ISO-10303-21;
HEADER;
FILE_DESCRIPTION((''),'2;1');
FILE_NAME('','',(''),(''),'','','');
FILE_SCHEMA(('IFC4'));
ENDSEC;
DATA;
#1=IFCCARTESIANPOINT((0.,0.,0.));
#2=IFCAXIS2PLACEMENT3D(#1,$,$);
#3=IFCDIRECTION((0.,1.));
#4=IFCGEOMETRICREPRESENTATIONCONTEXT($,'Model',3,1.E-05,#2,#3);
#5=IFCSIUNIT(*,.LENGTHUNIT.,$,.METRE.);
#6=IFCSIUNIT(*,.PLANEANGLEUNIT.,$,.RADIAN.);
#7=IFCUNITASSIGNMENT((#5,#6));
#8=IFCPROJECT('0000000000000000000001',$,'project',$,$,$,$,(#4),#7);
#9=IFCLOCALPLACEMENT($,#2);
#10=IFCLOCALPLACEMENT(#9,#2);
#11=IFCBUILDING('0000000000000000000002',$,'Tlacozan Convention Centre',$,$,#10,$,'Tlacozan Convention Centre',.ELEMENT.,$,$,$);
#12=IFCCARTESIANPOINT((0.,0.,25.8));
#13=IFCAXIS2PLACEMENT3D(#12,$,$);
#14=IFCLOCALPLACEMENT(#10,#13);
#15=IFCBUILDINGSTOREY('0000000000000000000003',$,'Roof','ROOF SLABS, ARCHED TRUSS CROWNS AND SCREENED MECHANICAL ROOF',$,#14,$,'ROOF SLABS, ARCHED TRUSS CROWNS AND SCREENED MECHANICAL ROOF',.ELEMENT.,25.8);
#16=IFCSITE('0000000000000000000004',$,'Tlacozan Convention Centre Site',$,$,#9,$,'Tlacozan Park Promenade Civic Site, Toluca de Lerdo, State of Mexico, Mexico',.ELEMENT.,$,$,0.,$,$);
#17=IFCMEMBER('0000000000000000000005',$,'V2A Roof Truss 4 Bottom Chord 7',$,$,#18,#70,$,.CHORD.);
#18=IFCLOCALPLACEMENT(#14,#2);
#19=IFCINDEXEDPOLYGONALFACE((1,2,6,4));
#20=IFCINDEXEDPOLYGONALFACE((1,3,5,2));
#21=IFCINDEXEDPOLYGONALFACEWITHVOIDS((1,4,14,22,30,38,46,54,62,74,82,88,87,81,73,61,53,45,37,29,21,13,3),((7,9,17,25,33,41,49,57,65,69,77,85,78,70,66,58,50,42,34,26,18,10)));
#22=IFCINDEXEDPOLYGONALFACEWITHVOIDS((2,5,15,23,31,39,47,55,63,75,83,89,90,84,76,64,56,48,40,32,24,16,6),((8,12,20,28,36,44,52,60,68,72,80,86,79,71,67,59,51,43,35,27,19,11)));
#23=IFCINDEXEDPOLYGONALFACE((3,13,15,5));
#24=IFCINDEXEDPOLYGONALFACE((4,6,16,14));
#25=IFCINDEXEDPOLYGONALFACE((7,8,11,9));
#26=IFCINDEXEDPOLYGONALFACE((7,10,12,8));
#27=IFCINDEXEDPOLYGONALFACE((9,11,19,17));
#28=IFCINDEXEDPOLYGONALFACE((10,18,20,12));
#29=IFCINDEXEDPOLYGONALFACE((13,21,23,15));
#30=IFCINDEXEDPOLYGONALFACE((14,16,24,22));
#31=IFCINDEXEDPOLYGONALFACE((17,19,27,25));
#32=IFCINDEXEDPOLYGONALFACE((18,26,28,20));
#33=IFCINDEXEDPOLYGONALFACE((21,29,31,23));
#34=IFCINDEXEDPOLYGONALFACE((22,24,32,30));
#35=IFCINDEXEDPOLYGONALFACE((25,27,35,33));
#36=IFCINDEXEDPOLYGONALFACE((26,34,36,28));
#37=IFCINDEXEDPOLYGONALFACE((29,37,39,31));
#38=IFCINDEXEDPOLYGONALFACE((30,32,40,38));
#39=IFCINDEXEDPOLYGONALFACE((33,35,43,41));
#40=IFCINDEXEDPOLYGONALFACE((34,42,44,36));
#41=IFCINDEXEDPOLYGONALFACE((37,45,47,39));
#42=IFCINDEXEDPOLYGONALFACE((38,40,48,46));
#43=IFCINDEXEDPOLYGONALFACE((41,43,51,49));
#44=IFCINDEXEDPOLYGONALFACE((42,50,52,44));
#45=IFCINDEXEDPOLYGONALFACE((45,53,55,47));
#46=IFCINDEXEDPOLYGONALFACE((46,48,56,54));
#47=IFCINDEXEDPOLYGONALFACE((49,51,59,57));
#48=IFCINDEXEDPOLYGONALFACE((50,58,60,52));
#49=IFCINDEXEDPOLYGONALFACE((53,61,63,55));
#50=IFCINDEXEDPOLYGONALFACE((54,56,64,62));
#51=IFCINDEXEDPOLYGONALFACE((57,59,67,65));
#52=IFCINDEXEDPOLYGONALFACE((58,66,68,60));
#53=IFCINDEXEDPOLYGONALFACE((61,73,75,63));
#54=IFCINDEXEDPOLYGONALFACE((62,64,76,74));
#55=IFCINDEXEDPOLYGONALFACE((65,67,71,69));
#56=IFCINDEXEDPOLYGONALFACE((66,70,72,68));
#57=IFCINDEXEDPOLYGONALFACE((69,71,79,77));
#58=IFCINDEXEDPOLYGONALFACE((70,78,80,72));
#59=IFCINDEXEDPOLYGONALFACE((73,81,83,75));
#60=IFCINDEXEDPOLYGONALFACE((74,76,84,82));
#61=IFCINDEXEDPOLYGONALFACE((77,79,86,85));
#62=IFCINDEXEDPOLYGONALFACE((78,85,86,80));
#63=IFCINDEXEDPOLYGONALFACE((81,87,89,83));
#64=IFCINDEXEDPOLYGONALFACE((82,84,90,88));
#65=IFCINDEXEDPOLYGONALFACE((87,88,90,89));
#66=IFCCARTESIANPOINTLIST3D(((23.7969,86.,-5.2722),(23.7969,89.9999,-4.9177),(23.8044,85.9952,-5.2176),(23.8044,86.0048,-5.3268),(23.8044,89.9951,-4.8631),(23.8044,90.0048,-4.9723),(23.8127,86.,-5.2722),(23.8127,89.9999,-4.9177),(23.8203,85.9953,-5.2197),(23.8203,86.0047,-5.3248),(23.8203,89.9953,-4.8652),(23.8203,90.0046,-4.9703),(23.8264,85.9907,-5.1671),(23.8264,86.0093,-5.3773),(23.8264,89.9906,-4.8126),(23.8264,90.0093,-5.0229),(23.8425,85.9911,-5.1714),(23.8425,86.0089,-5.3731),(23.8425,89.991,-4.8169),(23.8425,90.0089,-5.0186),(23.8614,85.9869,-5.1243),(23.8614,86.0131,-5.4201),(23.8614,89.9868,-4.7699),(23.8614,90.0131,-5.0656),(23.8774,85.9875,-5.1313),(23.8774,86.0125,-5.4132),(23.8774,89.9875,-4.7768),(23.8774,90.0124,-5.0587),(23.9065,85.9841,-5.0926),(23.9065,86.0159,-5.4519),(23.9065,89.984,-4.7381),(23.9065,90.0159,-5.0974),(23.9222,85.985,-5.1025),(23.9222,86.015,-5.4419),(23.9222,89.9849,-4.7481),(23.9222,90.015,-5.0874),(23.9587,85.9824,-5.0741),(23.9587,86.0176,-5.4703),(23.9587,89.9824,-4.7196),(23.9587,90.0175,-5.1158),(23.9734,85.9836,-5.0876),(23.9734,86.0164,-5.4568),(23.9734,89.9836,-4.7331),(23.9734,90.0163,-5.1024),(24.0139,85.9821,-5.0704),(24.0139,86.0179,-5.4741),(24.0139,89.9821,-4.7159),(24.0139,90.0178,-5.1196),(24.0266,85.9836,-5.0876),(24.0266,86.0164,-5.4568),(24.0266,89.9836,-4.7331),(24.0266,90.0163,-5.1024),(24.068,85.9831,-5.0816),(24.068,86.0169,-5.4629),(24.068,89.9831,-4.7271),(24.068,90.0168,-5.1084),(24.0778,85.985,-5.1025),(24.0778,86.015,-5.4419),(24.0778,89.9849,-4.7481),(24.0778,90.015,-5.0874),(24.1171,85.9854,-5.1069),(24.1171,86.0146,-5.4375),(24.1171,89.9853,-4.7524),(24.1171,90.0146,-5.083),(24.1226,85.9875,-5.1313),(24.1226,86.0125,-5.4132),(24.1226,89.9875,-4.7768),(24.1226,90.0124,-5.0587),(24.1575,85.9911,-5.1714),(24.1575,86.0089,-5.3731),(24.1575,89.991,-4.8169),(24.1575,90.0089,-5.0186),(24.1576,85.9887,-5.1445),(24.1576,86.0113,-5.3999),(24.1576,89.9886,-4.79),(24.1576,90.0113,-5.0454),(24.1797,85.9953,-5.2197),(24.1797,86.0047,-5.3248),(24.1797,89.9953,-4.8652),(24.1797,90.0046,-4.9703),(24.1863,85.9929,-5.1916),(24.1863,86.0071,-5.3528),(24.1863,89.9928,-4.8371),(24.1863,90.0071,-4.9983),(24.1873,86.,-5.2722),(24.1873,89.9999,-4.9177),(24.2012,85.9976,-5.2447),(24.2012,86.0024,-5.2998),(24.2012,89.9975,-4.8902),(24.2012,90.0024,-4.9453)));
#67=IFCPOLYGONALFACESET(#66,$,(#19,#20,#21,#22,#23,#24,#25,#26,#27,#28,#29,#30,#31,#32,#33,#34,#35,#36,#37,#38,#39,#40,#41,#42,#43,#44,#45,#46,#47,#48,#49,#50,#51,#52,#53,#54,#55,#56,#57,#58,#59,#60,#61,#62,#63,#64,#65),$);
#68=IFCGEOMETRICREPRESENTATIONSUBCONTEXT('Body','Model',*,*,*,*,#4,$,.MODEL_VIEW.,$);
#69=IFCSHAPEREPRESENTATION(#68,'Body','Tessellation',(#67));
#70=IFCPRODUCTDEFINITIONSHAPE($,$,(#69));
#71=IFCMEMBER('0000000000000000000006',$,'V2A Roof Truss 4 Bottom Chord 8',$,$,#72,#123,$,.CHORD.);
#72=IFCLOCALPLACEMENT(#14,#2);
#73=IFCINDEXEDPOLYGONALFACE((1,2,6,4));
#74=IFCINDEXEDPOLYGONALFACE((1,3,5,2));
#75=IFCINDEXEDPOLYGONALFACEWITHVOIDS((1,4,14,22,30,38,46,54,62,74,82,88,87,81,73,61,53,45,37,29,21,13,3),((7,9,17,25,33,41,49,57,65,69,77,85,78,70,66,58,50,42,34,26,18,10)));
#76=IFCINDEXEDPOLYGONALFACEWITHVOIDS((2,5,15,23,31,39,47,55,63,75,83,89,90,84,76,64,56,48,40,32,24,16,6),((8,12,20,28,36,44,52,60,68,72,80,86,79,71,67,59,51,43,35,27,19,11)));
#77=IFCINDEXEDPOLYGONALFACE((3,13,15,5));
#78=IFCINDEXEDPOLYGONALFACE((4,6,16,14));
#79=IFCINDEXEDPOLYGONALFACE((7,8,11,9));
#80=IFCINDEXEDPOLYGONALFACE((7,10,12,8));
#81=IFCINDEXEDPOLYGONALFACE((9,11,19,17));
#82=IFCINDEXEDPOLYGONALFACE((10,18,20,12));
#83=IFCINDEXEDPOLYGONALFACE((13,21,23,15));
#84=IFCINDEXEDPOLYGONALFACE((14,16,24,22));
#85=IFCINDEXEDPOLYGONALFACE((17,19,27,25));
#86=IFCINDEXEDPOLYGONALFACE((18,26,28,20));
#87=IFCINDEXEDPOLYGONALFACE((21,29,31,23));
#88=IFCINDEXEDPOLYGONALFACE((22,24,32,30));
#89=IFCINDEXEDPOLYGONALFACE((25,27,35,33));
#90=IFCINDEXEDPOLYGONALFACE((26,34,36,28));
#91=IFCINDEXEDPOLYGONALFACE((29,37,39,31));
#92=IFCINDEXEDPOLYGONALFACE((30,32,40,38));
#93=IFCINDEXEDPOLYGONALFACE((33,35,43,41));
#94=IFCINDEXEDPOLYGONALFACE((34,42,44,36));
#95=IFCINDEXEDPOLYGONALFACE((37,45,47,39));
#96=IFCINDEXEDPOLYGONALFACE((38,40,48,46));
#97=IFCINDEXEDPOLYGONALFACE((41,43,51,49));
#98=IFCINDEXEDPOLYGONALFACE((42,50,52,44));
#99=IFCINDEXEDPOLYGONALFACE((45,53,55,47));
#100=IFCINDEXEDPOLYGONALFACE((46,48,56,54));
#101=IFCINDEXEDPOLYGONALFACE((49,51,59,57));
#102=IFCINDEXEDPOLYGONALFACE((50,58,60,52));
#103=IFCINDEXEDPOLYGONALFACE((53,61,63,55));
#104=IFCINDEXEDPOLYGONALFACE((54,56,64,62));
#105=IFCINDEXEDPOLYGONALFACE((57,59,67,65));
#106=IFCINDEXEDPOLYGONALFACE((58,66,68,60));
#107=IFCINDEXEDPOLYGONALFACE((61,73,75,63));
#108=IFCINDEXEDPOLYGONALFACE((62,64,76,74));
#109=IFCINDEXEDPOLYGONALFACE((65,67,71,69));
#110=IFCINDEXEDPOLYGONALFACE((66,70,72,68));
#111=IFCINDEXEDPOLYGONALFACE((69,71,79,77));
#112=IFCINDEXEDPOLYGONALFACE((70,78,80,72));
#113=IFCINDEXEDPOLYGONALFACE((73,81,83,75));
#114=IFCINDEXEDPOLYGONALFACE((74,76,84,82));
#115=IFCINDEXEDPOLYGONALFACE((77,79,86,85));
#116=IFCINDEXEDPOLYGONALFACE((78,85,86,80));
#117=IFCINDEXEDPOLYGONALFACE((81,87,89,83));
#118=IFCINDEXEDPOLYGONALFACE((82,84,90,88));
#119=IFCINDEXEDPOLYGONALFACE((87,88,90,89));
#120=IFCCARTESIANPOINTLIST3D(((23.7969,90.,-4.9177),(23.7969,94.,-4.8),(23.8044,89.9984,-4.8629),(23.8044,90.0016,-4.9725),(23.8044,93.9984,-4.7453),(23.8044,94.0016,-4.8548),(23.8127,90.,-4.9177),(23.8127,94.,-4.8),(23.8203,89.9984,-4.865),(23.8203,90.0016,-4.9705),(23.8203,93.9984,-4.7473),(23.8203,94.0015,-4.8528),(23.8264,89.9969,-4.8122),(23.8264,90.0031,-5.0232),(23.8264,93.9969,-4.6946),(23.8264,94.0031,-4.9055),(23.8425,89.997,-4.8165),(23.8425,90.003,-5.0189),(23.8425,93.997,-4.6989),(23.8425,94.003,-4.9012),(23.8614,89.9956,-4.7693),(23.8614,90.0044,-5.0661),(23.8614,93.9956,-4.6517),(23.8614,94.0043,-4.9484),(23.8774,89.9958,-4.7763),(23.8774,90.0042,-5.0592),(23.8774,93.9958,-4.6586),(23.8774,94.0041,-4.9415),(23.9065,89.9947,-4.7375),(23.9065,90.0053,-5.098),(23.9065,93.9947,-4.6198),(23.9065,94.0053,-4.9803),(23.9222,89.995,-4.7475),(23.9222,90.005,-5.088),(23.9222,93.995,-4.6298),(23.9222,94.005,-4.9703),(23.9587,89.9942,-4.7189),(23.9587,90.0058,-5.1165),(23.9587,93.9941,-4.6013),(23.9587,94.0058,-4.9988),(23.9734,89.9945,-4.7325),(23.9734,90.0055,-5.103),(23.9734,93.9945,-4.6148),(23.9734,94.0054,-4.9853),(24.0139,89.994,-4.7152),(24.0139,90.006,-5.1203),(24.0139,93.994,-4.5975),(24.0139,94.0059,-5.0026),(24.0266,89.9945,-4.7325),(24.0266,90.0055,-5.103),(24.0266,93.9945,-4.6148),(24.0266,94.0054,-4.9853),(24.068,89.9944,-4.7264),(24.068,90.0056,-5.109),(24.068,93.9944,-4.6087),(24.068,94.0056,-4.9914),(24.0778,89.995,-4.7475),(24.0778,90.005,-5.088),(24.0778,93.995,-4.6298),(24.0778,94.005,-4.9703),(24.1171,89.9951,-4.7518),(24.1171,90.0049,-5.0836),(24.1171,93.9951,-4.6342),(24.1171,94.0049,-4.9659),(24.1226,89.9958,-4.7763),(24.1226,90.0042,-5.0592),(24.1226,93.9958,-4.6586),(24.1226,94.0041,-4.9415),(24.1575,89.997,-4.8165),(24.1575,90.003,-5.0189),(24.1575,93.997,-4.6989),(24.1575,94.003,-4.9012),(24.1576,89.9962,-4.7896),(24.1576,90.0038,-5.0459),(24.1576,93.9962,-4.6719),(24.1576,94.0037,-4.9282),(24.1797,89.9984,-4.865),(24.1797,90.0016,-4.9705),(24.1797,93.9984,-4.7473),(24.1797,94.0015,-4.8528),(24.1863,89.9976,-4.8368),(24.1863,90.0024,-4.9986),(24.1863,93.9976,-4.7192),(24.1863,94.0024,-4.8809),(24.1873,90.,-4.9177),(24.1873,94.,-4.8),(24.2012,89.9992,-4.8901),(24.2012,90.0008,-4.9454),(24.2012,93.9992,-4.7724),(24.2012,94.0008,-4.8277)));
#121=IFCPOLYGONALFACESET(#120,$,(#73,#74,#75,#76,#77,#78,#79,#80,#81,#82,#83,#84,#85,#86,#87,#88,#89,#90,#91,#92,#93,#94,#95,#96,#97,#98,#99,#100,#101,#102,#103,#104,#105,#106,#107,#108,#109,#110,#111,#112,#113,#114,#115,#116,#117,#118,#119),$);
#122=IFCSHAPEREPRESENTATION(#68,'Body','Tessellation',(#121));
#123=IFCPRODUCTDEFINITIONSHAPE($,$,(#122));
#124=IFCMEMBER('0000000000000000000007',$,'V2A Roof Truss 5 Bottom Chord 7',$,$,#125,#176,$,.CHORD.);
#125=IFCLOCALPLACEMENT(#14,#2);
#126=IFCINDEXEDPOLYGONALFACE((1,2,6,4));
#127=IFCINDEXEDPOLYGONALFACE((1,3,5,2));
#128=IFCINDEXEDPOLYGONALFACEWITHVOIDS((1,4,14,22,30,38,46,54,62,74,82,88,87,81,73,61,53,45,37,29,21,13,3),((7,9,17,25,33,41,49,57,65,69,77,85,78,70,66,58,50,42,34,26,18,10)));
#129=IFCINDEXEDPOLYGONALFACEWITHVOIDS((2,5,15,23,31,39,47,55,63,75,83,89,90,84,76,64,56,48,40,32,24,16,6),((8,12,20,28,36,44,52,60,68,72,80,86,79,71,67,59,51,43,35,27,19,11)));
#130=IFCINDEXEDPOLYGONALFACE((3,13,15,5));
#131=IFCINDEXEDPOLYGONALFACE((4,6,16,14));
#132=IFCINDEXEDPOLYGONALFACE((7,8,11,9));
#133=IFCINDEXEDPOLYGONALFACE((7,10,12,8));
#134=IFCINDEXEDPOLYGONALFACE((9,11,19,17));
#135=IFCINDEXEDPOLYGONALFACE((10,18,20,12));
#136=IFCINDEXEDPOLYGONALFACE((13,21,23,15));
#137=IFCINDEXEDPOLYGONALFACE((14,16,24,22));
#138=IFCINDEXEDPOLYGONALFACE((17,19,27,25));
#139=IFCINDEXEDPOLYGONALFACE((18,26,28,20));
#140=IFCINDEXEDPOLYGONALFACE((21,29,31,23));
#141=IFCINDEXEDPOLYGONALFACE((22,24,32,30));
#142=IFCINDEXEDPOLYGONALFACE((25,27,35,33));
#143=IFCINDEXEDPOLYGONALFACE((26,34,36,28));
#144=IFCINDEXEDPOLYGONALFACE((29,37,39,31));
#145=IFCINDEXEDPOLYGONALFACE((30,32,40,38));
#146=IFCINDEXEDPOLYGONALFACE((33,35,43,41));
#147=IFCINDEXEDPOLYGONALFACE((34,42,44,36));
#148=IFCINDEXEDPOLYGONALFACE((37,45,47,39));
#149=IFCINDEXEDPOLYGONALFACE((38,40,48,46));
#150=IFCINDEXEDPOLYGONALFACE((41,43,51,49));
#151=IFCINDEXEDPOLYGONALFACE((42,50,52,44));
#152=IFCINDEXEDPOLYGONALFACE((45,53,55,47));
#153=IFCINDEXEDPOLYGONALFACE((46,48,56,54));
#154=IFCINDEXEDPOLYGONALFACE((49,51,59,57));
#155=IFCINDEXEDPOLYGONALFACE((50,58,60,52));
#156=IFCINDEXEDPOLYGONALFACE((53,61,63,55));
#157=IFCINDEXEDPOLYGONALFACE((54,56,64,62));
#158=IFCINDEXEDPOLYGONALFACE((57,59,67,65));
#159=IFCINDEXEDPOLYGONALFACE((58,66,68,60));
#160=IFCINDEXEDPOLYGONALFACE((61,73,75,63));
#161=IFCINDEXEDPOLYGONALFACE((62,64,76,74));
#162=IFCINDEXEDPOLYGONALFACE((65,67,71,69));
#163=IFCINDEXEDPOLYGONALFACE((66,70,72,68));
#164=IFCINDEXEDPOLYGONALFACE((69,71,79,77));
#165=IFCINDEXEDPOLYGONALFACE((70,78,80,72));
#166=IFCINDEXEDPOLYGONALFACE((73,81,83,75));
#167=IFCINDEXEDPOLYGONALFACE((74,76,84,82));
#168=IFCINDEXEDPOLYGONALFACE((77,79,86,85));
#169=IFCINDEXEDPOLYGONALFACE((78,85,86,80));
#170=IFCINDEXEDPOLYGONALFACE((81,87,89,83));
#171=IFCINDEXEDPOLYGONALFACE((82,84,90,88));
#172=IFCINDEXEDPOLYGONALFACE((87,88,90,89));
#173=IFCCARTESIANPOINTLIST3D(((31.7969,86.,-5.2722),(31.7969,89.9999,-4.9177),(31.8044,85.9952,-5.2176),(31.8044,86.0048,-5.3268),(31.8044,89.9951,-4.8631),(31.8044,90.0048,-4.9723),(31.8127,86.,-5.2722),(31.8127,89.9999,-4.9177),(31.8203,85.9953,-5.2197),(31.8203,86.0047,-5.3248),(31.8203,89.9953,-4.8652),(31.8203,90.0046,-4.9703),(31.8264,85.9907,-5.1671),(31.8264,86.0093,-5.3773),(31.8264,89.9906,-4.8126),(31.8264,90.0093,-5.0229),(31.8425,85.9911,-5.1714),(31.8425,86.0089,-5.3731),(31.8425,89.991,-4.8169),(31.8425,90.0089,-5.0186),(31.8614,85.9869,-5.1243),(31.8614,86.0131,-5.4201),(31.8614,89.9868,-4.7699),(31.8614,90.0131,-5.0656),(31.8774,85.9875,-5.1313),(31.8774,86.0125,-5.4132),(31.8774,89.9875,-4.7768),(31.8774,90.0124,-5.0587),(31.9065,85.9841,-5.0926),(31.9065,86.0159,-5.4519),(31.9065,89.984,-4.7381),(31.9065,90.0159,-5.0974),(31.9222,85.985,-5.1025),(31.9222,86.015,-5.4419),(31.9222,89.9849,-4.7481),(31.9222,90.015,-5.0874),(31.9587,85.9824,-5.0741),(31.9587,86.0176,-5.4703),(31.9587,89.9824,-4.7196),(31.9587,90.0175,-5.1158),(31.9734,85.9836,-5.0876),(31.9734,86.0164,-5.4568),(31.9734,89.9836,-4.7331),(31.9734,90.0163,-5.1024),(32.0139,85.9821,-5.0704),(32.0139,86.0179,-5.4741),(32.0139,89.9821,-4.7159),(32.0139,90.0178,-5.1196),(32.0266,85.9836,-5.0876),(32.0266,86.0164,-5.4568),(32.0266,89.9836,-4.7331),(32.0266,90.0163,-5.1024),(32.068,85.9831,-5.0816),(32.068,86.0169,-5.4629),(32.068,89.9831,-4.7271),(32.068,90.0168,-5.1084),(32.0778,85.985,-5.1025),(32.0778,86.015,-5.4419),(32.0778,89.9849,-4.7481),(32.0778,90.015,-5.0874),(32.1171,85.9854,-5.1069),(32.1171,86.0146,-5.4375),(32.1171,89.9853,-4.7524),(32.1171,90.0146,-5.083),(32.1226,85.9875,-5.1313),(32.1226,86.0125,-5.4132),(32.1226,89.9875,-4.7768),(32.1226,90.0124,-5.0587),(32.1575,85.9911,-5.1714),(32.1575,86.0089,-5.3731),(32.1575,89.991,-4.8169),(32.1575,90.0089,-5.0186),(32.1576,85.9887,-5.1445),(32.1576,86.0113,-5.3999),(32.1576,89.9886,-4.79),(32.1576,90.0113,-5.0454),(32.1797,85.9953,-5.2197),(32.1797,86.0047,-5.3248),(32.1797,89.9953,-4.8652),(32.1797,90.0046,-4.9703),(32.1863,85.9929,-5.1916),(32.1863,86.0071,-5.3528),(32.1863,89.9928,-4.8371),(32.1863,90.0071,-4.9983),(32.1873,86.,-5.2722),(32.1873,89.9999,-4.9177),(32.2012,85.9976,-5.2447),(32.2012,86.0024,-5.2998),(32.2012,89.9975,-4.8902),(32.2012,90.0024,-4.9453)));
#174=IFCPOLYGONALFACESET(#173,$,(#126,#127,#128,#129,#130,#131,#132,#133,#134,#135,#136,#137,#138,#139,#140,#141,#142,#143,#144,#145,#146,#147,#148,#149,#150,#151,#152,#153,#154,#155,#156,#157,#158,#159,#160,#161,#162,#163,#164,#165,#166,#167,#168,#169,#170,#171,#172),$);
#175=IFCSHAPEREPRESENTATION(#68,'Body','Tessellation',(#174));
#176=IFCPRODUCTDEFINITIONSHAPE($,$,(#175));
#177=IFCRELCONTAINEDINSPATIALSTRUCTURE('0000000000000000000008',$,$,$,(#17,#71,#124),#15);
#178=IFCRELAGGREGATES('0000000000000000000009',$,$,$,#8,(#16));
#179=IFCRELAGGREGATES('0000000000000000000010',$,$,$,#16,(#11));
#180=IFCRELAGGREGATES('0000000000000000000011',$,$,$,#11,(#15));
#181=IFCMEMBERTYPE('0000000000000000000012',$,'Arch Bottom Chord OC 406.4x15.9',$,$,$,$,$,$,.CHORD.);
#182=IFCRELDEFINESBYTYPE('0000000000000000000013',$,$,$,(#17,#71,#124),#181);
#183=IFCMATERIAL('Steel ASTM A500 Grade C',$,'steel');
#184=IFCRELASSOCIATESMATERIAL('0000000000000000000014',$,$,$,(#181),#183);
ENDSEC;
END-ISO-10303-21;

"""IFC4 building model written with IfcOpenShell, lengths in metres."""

from ifc_helpers import new_model, si_unit, direction, frame, origin, origin_2d, place, context, subcontext, project, spatial, hollow_circle, extrude, material, material_profile, profile_set, type_object, element, save


model = new_model("IFC4")

# Units and contexts
model_context = context("Model", 3, precision=1e-05, world=origin(), true_north=direction((0.0, 1.0)))
body_context = subcontext(model_context, "Body", "Model", "MODEL_VIEW")
ifc_project = project(units=[si_unit("LENGTHUNIT", "METRE"), si_unit("PLANEANGLEUNIT", "RADIAN")], contexts=[model_context])

# Site, building, storey
site_placement = place(None, origin())
site = spatial("IfcSite", under=ifc_project, at=site_placement, Name="Tlacozan Convention Centre Site", LongName="Tlacozan Park Promenade Civic Site, Toluca de Lerdo, State of Mexico, Mexico", CompositionType="ELEMENT", RefElevation=0.0)
building_placement = place(site_placement, origin())
building = spatial("IfcBuilding", under=site, at=building_placement, Name="Tlacozan Convention Centre", LongName="Tlacozan Convention Centre", CompositionType="ELEMENT")
storey_placement = place(building_placement, frame((0.0, 0.0, 25.8)))
storey = spatial("IfcBuildingStorey", under=building, at=storey_placement, Name="Roof", Description="ROOF SLABS, ARCHED TRUSS CROWNS AND SCREENED MECHANICAL ROOF", LongName="ROOF SLABS, ARCHED TRUSS CROWNS AND SCREENED MECHANICAL ROOF", CompositionType="ELEMENT", Elevation=25.8)

# Members
ifc_material_1 = material(Name="Steel ASTM A500 Grade C", Category="steel")
ifc_material_profile_1 = material_profile(ifc_material_1, hollow_circle(Radius=0.2031, WallThickness=0.0159, at=origin_2d()), Name="OC 406.4x15.9")
ifc_profile_set_1 = profile_set([ifc_material_profile_1], Name="Steel ASTM A500 Grade C")
member_type_1 = type_object("IfcMemberType", Name="Arch Bottom Chord OC 406.4x15.9", PredefinedType="CHORD", material=ifc_profile_set_1)
member_1_placement = place(storey_placement, frame((24.0, 86.0, -5.2722), z_axis=(0.0, 0.996096, 0.088277), x_axis=(-1.0, 0.0, 0.0)))
element("IfcMember", 1, at=member_1_placement, inside=storey, type_object=member_type_1, Name="V2A Roof Truss 4 Bottom Chord 7", PredefinedType="CHORD", context=body_context, shape_type="SweptSolid", body=[
    extrude(hollow_circle(Radius=0.2031, WallThickness=0.0159, at=origin_2d()), origin(), (0.0, 0.0, 1.0), 4.0156),
])
member_2_placement = place(storey_placement, frame((24.0, 90.0, -4.9177), z_axis=(0.0, 0.999568, 0.029406), x_axis=(-1.0, 0.0, 0.0)))
element("IfcMember", 2, at=member_2_placement, inside=storey, type_object=member_type_1, Name="V2A Roof Truss 4 Bottom Chord 8", PredefinedType="CHORD", context=body_context, shape_type="SweptSolid", body=[
    extrude(hollow_circle(Radius=0.2031, WallThickness=0.0159, at=origin_2d()), origin(), (0.0, 0.0, 1.0), 4.0017),
])
member_3_placement = place(storey_placement, frame((32.0, 86.0, -5.2722), z_axis=(0.0, 0.996096, 0.088277), x_axis=(-1.0, 0.0, 0.0)))
element("IfcMember", 3, at=member_3_placement, inside=storey, type_object=member_type_1, Name="V2A Roof Truss 5 Bottom Chord 7", PredefinedType="CHORD", context=body_context, shape_type="SweptSolid", body=[
    extrude(hollow_circle(Radius=0.2031, WallThickness=0.0159, at=origin_2d()), origin(), (0.0, 0.0, 1.0), 4.0156),
])

save(model, "model.ifc")
